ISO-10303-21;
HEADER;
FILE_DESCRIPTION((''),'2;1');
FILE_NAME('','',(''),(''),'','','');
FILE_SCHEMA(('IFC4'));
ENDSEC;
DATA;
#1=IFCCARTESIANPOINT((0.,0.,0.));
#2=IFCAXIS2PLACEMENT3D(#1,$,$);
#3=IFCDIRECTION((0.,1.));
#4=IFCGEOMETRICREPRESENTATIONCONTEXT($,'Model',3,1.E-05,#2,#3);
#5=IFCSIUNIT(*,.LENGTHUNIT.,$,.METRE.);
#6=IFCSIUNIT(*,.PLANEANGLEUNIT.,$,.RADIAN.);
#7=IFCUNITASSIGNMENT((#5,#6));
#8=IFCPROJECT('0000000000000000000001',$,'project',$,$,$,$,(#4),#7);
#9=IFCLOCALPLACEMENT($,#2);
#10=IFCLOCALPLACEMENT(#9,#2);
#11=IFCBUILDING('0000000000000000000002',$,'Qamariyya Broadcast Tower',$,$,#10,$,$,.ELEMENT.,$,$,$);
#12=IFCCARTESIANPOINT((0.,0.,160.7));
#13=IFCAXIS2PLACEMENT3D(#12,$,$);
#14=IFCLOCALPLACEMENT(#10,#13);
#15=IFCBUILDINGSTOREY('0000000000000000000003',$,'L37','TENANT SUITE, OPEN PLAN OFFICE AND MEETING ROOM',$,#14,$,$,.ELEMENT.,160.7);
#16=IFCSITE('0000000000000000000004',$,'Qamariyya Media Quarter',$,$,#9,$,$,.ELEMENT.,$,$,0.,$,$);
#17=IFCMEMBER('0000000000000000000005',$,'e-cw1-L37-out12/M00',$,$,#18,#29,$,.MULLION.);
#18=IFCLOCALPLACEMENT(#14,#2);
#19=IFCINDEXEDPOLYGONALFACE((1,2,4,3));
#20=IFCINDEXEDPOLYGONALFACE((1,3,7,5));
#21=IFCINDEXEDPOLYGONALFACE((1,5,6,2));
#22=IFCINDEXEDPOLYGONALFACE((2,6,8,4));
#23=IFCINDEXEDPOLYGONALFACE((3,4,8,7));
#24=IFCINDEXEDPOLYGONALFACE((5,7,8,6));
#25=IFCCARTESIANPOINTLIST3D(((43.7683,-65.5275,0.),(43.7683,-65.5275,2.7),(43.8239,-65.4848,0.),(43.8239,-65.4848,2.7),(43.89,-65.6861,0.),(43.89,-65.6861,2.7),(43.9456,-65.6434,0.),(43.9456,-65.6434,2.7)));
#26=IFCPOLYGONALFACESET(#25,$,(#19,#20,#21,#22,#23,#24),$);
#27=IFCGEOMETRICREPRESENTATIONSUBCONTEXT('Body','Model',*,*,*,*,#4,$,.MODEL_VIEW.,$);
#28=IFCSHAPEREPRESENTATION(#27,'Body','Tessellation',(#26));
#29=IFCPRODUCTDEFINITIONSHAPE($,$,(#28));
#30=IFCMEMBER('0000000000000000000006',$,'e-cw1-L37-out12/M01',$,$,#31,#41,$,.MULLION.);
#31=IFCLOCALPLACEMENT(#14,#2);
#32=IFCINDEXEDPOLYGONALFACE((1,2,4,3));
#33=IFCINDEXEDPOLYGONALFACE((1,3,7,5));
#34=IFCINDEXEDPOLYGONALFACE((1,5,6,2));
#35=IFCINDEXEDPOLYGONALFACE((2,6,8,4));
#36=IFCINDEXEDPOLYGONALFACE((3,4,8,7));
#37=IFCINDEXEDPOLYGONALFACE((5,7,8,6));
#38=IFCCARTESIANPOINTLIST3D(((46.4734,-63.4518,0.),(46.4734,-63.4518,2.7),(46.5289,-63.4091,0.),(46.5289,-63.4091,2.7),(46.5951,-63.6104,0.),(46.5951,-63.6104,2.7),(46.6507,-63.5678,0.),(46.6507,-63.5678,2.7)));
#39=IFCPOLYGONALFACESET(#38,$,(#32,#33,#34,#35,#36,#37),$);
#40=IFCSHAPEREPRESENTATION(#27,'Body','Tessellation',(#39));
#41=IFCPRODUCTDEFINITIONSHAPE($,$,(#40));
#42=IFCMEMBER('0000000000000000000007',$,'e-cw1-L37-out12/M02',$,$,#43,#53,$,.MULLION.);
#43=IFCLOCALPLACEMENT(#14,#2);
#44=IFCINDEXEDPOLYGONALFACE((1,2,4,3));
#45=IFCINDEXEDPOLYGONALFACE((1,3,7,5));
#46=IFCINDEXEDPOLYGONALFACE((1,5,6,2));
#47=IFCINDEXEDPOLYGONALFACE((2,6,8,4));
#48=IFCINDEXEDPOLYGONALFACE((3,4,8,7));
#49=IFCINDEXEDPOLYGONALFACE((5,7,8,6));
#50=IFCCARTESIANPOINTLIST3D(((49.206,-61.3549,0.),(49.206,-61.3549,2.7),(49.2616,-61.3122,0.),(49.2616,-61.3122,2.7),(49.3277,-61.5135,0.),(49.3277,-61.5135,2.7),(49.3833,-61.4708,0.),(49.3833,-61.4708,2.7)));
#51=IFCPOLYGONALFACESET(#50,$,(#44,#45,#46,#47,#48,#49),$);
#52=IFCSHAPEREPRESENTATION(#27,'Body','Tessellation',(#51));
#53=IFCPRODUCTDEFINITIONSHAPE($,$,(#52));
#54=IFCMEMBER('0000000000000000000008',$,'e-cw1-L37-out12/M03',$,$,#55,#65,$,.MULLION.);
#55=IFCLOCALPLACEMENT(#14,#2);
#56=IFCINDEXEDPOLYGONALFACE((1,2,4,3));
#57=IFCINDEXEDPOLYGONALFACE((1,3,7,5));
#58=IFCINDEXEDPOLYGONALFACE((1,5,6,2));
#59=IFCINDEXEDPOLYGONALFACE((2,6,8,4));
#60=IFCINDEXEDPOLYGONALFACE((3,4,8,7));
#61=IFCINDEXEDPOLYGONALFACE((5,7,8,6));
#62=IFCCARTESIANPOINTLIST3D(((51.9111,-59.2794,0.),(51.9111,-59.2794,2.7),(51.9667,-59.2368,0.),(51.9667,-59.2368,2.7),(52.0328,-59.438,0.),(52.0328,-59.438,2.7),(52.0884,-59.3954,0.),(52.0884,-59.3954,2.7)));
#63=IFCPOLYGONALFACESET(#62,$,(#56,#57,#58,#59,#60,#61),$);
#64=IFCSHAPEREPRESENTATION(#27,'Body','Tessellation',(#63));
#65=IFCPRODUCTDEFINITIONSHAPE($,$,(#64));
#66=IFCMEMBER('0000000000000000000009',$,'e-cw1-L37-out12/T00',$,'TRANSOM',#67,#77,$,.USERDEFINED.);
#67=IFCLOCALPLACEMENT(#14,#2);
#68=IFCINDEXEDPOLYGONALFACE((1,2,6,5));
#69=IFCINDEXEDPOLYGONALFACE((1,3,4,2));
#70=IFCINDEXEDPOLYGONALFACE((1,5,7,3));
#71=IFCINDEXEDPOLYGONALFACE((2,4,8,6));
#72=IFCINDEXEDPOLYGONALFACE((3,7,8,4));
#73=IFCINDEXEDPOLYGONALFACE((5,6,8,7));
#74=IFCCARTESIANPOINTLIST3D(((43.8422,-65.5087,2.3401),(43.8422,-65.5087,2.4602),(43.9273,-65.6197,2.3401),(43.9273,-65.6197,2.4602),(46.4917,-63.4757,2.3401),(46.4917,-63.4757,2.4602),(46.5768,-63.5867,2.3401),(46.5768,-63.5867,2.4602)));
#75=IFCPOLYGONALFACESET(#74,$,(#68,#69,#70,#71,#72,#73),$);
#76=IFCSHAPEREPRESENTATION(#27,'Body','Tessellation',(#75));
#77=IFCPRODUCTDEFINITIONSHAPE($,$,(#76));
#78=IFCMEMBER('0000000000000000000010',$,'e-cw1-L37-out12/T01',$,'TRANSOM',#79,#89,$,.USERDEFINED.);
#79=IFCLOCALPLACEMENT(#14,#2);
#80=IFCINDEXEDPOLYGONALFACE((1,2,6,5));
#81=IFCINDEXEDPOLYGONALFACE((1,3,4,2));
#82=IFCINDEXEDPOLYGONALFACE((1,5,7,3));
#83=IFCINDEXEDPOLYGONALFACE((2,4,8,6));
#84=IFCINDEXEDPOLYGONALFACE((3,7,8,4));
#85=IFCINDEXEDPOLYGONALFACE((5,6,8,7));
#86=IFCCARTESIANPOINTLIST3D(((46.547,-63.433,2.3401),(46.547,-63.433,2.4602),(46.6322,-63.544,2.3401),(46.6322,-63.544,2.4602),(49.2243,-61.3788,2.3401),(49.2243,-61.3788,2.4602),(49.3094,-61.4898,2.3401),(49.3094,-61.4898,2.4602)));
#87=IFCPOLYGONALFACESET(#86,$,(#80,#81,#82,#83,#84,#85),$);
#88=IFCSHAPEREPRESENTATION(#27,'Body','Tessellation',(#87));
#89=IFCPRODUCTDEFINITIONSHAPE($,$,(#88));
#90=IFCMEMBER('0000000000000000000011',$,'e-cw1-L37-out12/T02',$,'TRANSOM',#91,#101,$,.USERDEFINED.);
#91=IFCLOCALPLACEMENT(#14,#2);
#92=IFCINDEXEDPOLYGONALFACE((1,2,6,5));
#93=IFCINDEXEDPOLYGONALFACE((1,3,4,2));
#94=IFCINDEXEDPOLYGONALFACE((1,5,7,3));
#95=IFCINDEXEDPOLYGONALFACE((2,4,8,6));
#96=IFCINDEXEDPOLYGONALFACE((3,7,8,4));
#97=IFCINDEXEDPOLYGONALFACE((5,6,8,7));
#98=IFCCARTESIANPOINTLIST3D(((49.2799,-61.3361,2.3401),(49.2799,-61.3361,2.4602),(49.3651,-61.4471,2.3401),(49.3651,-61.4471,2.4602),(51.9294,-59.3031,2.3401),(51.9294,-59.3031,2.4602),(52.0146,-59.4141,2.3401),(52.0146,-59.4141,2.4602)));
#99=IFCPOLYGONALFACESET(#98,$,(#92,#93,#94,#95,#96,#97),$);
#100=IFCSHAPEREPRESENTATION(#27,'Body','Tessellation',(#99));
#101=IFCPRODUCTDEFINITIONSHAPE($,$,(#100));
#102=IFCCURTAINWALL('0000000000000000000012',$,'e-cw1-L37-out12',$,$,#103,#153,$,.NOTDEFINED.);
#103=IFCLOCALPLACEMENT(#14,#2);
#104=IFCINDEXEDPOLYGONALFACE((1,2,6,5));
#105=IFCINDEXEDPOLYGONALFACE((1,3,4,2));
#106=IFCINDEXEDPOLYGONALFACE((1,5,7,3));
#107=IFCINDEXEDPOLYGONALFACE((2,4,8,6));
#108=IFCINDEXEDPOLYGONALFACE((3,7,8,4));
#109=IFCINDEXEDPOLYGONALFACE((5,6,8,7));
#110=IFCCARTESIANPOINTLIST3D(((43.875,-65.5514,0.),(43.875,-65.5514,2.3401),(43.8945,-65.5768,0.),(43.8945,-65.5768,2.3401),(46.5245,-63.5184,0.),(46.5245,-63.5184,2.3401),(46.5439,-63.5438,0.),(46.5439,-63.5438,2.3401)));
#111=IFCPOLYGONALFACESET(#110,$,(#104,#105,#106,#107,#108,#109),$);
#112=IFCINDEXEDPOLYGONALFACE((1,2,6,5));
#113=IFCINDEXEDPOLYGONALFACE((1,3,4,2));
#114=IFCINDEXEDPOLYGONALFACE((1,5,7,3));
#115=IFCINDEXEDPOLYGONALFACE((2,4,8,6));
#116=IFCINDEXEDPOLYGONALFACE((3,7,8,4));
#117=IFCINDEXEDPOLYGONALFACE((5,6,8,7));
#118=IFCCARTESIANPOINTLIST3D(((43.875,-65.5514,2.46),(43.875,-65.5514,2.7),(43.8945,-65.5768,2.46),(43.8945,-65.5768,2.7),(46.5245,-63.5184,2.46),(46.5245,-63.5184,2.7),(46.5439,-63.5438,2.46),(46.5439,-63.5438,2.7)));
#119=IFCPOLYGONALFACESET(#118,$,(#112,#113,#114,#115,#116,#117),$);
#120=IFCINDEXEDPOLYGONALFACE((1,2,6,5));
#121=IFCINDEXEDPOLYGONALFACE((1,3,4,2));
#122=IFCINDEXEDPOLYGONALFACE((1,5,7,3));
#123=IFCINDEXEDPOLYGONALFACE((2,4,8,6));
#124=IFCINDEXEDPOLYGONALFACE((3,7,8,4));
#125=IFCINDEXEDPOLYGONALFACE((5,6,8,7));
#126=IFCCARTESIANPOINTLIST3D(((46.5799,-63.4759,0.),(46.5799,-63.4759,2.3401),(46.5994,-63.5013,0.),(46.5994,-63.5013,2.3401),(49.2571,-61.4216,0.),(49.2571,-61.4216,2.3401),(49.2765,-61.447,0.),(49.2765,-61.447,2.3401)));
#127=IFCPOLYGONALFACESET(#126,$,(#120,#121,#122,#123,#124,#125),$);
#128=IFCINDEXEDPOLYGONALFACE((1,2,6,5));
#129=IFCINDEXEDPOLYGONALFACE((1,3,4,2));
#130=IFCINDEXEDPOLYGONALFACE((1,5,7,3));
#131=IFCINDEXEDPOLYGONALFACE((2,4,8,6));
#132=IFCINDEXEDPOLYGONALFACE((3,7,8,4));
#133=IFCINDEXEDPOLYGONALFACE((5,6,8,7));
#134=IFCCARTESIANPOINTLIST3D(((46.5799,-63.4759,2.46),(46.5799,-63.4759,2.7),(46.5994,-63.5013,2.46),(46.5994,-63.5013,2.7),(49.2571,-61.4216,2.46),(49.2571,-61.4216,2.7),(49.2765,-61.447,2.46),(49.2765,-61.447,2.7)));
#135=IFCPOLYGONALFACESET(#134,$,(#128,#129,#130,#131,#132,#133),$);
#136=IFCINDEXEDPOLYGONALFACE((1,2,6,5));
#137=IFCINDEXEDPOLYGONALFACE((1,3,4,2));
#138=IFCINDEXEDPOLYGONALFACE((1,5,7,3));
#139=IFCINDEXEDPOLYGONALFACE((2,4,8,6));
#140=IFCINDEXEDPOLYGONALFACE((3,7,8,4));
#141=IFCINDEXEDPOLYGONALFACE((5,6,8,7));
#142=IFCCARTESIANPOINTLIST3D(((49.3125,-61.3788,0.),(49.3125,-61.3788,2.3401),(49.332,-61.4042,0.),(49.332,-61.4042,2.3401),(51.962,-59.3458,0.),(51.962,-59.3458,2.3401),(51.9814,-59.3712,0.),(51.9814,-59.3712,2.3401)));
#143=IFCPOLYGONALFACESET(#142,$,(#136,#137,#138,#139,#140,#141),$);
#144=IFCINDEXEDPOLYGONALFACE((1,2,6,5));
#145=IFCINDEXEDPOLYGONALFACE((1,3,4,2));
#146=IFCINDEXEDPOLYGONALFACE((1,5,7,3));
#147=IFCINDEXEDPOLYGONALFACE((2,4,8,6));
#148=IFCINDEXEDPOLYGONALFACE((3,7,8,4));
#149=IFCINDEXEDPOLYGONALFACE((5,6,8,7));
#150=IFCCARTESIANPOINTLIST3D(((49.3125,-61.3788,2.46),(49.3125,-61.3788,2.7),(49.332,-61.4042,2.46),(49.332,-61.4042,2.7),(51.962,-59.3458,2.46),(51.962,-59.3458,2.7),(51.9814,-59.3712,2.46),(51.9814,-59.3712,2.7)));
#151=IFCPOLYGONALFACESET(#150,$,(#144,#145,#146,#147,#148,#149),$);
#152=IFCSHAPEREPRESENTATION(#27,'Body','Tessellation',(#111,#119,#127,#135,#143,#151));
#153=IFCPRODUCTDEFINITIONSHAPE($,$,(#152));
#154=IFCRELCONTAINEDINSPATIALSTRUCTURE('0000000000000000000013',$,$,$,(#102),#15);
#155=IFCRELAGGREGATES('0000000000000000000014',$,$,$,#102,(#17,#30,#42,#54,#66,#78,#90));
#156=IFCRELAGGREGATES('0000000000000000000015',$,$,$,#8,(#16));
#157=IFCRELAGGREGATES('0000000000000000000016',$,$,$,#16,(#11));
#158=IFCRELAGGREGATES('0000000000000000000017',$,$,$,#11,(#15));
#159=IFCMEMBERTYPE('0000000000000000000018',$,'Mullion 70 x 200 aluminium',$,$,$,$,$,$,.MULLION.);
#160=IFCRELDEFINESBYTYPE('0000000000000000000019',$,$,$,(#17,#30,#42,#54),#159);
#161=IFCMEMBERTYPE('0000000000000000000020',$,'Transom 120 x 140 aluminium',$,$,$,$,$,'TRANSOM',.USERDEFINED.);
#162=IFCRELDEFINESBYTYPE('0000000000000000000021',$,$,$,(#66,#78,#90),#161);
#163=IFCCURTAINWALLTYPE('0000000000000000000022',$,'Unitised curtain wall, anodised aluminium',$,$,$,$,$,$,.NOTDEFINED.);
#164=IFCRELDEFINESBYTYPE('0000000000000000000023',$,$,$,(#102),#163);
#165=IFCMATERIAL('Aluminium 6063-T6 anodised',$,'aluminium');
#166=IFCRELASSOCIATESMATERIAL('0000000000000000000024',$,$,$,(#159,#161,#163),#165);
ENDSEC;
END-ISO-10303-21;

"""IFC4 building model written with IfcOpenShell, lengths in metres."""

from ifc_helpers import new_model, si_unit, direction, frame, origin, origin_2d, place, context, subcontext, project, spatial, rectangle, extrude, material, material_profile, profile_set, type_object, element, aggregate, save


model = new_model("IFC4")

# Units and contexts
model_context = context("Model", 3, precision=1e-05, world=origin(), true_north=direction((0.0, 1.0)))
body_context = subcontext(model_context, "Body", "Model", "MODEL_VIEW")
ifc_project = project(units=[si_unit("LENGTHUNIT", "METRE"), si_unit("PLANEANGLEUNIT", "RADIAN")], contexts=[model_context])

# Members
ifc_material = material(Name="Aluminium 6063-T6 anodised", Category="aluminium")
ifc_material_profile_1 = material_profile(ifc_material, rectangle(XDim=0.2, YDim=0.0701, at=origin_2d()))
ifc_profile_set_1 = profile_set([ifc_material_profile_1], Name="Aluminium 6063-T6 anodised")
member_type_1 = type_object("IfcMemberType", Name="Mullion 70 x 200 aluminium", PredefinedType="MULLION", material=ifc_profile_set_1)
site_placement = place(None, origin())
building_placement = place(site_placement, origin())
storey_placement = place(building_placement, frame((0.0, 0.0, 160.7)))
member_1_placement = place(storey_placement, frame((43.8569, -65.5854, 0.0), z_axis=(0.0, 0.0, 1.0), x_axis=(-0.608761, 0.793353, 0.0)))
member_1 = element("IfcMember", 1, at=member_1_placement, type_object=member_type_1, Name="e-cw1-L37-out12/M00", PredefinedType="MULLION", context=body_context, shape_type="SweptSolid", body=[
    extrude(rectangle(XDim=0.2, YDim=0.0701, at=origin_2d()), origin(), (0.0, 0.0, 1.0), 2.7),
])
member_2_placement = place(storey_placement, frame((46.562, -63.5098, 0.0), z_axis=(0.0, 0.0, 1.0), x_axis=(-0.608761, 0.793353, 0.0)))
member_2 = element("IfcMember", 2, at=member_2_placement, type_object=member_type_1, Name="e-cw1-L37-out12/M01", PredefinedType="MULLION", context=body_context, shape_type="SweptSolid", body=[
    extrude(rectangle(XDim=0.2, YDim=0.0701, at=origin_2d()), origin(), (0.0, 0.0, 1.0), 2.7),
])
member_3_placement = place(storey_placement, frame((49.2947, -61.4128, 0.0), z_axis=(0.0, 0.0, 1.0), x_axis=(-0.608761, 0.793353, 0.0)))
member_3 = element("IfcMember", 3, at=member_3_placement, type_object=member_type_1, Name="e-cw1-L37-out12/M02", PredefinedType="MULLION", context=body_context, shape_type="SweptSolid", body=[
    extrude(rectangle(XDim=0.2, YDim=0.0701, at=origin_2d()), origin(), (0.0, 0.0, 1.0), 2.7),
])
member_4_placement = place(storey_placement, frame((51.9998, -59.3374, 0.0), z_axis=(0.0, 0.0, 1.0), x_axis=(-0.608761, 0.793353, 0.0)))
member_4 = element("IfcMember", 4, at=member_4_placement, type_object=member_type_1, Name="e-cw1-L37-out12/M03", PredefinedType="MULLION", context=body_context, shape_type="SweptSolid", body=[
    extrude(rectangle(XDim=0.2, YDim=0.0701, at=origin_2d()), origin(), (0.0, 0.0, 1.0), 2.7),
])
ifc_material_profile_2 = material_profile(ifc_material, rectangle(XDim=0.1399, YDim=0.1201, at=origin_2d()))
ifc_profile_set_2 = profile_set([ifc_material_profile_2], Name="Aluminium 6063-T6 anodised")
member_type_2 = type_object("IfcMemberType", Name="Transom 120 x 140 aluminium", ElementType="TRANSOM", PredefinedType="USERDEFINED", material=ifc_profile_set_2)
member_5_placement = place(storey_placement, frame((43.8848, -65.5642, 2.4001), z_axis=(0.793354, 0.60876, 0.0), x_axis=(-0.60876, 0.793354, 0.0)))
member_5 = element("IfcMember", 5, at=member_5_placement, type_object=member_type_2, Name="e-cw1-L37-out12/T00", ObjectType="TRANSOM", PredefinedType="USERDEFINED", context=body_context, shape_type="SweptSolid", body=[
    extrude(rectangle(XDim=0.1399, YDim=0.1201, at=origin_2d()), origin(), (0.0, 0.0, 1.0), 3.3396),
])
member_6_placement = place(storey_placement, frame((46.5896, -63.4885, 2.4001), z_axis=(0.793371, 0.608738, 0.0), x_axis=(-0.608738, 0.793371, 0.0)))
member_6 = element("IfcMember", 6, at=member_6_placement, type_object=member_type_2, Name="e-cw1-L37-out12/T01", ObjectType="TRANSOM", PredefinedType="USERDEFINED", context=body_context, shape_type="SweptSolid", body=[
    extrude(rectangle(XDim=0.1399, YDim=0.1201, at=origin_2d()), origin(), (0.0, 0.0, 1.0), 3.3745),
])
member_7_placement = place(storey_placement, frame((49.3225, -61.3916, 2.4001), z_axis=(0.793354, 0.60876, 0.0), x_axis=(-0.60876, 0.793354, 0.0)))
member_7 = element("IfcMember", 7, at=member_7_placement, type_object=member_type_2, Name="e-cw1-L37-out12/T02", ObjectType="TRANSOM", PredefinedType="USERDEFINED", context=body_context, shape_type="SweptSolid", body=[
    extrude(rectangle(XDim=0.1399, YDim=0.1201, at=origin_2d()), origin(), (0.0, 0.0, 1.0), 3.3396),
])

# Site, building, storey
site = spatial("IfcSite", under=ifc_project, at=site_placement, Name="Qamariyya Media Quarter", CompositionType="ELEMENT", RefElevation=0.0)
building = spatial("IfcBuilding", under=site, at=building_placement, Name="Qamariyya Broadcast Tower", CompositionType="ELEMENT")
storey = spatial("IfcBuildingStorey", under=building, at=storey_placement, Name="L37", Description="TENANT SUITE, OPEN PLAN OFFICE AND MEETING ROOM", CompositionType="ELEMENT", Elevation=160.7)

# Curtain wall
curtain_wall_type = type_object("IfcCurtainWallType", Name="Unitised curtain wall, anodised aluminium", PredefinedType="NOTDEFINED", material=ifc_material)
curtain_wall_1_placement = place(storey_placement, origin())
curtain_wall_1 = element("IfcCurtainWall", 8, at=curtain_wall_1_placement, inside=storey, type_object=curtain_wall_type, Name="e-cw1-L37-out12", PredefinedType="NOTDEFINED", context=body_context, shape_type="SweptSolid", body=[
    extrude(rectangle(XDim=3.3396, YDim=0.032, at=origin_2d()), frame((45.2095, -64.5476, 0.0), x_axis=(0.793352, 0.608764, 0.0)), (0.0, 0.0, 1.0), 2.3401),
    extrude(rectangle(XDim=3.3396, YDim=0.032, at=origin_2d()), frame((45.2095, -64.5476, 2.46), x_axis=(0.793352, 0.608764, 0.0)), (0.0, 0.0, 1.0), 0.24),
    extrude(rectangle(XDim=3.3745, YDim=0.032, at=origin_2d()), frame((47.9282, -62.4614, 0.0), x_axis=(0.793352, 0.608764, 0.0)), (0.0, 0.0, 1.0), 2.3401),
    extrude(rectangle(XDim=3.3745, YDim=0.032, at=origin_2d()), frame((47.9282, -62.4614, 2.46), x_axis=(0.793352, 0.608764, 0.0)), (0.0, 0.0, 1.0), 0.24),
    extrude(rectangle(XDim=3.3396, YDim=0.032, at=origin_2d()), frame((50.647, -60.375, 0.0), x_axis=(0.793352, 0.608764, 0.0)), (0.0, 0.0, 1.0), 2.3401),
    extrude(rectangle(XDim=3.3396, YDim=0.032, at=origin_2d()), frame((50.647, -60.375, 2.46), x_axis=(0.793352, 0.608764, 0.0)), (0.0, 0.0, 1.0), 0.24),
])
aggregate(curtain_wall_1, [member_1, member_2, member_3, member_4, member_5, member_6, member_7])

save(model, "model.ifc")
